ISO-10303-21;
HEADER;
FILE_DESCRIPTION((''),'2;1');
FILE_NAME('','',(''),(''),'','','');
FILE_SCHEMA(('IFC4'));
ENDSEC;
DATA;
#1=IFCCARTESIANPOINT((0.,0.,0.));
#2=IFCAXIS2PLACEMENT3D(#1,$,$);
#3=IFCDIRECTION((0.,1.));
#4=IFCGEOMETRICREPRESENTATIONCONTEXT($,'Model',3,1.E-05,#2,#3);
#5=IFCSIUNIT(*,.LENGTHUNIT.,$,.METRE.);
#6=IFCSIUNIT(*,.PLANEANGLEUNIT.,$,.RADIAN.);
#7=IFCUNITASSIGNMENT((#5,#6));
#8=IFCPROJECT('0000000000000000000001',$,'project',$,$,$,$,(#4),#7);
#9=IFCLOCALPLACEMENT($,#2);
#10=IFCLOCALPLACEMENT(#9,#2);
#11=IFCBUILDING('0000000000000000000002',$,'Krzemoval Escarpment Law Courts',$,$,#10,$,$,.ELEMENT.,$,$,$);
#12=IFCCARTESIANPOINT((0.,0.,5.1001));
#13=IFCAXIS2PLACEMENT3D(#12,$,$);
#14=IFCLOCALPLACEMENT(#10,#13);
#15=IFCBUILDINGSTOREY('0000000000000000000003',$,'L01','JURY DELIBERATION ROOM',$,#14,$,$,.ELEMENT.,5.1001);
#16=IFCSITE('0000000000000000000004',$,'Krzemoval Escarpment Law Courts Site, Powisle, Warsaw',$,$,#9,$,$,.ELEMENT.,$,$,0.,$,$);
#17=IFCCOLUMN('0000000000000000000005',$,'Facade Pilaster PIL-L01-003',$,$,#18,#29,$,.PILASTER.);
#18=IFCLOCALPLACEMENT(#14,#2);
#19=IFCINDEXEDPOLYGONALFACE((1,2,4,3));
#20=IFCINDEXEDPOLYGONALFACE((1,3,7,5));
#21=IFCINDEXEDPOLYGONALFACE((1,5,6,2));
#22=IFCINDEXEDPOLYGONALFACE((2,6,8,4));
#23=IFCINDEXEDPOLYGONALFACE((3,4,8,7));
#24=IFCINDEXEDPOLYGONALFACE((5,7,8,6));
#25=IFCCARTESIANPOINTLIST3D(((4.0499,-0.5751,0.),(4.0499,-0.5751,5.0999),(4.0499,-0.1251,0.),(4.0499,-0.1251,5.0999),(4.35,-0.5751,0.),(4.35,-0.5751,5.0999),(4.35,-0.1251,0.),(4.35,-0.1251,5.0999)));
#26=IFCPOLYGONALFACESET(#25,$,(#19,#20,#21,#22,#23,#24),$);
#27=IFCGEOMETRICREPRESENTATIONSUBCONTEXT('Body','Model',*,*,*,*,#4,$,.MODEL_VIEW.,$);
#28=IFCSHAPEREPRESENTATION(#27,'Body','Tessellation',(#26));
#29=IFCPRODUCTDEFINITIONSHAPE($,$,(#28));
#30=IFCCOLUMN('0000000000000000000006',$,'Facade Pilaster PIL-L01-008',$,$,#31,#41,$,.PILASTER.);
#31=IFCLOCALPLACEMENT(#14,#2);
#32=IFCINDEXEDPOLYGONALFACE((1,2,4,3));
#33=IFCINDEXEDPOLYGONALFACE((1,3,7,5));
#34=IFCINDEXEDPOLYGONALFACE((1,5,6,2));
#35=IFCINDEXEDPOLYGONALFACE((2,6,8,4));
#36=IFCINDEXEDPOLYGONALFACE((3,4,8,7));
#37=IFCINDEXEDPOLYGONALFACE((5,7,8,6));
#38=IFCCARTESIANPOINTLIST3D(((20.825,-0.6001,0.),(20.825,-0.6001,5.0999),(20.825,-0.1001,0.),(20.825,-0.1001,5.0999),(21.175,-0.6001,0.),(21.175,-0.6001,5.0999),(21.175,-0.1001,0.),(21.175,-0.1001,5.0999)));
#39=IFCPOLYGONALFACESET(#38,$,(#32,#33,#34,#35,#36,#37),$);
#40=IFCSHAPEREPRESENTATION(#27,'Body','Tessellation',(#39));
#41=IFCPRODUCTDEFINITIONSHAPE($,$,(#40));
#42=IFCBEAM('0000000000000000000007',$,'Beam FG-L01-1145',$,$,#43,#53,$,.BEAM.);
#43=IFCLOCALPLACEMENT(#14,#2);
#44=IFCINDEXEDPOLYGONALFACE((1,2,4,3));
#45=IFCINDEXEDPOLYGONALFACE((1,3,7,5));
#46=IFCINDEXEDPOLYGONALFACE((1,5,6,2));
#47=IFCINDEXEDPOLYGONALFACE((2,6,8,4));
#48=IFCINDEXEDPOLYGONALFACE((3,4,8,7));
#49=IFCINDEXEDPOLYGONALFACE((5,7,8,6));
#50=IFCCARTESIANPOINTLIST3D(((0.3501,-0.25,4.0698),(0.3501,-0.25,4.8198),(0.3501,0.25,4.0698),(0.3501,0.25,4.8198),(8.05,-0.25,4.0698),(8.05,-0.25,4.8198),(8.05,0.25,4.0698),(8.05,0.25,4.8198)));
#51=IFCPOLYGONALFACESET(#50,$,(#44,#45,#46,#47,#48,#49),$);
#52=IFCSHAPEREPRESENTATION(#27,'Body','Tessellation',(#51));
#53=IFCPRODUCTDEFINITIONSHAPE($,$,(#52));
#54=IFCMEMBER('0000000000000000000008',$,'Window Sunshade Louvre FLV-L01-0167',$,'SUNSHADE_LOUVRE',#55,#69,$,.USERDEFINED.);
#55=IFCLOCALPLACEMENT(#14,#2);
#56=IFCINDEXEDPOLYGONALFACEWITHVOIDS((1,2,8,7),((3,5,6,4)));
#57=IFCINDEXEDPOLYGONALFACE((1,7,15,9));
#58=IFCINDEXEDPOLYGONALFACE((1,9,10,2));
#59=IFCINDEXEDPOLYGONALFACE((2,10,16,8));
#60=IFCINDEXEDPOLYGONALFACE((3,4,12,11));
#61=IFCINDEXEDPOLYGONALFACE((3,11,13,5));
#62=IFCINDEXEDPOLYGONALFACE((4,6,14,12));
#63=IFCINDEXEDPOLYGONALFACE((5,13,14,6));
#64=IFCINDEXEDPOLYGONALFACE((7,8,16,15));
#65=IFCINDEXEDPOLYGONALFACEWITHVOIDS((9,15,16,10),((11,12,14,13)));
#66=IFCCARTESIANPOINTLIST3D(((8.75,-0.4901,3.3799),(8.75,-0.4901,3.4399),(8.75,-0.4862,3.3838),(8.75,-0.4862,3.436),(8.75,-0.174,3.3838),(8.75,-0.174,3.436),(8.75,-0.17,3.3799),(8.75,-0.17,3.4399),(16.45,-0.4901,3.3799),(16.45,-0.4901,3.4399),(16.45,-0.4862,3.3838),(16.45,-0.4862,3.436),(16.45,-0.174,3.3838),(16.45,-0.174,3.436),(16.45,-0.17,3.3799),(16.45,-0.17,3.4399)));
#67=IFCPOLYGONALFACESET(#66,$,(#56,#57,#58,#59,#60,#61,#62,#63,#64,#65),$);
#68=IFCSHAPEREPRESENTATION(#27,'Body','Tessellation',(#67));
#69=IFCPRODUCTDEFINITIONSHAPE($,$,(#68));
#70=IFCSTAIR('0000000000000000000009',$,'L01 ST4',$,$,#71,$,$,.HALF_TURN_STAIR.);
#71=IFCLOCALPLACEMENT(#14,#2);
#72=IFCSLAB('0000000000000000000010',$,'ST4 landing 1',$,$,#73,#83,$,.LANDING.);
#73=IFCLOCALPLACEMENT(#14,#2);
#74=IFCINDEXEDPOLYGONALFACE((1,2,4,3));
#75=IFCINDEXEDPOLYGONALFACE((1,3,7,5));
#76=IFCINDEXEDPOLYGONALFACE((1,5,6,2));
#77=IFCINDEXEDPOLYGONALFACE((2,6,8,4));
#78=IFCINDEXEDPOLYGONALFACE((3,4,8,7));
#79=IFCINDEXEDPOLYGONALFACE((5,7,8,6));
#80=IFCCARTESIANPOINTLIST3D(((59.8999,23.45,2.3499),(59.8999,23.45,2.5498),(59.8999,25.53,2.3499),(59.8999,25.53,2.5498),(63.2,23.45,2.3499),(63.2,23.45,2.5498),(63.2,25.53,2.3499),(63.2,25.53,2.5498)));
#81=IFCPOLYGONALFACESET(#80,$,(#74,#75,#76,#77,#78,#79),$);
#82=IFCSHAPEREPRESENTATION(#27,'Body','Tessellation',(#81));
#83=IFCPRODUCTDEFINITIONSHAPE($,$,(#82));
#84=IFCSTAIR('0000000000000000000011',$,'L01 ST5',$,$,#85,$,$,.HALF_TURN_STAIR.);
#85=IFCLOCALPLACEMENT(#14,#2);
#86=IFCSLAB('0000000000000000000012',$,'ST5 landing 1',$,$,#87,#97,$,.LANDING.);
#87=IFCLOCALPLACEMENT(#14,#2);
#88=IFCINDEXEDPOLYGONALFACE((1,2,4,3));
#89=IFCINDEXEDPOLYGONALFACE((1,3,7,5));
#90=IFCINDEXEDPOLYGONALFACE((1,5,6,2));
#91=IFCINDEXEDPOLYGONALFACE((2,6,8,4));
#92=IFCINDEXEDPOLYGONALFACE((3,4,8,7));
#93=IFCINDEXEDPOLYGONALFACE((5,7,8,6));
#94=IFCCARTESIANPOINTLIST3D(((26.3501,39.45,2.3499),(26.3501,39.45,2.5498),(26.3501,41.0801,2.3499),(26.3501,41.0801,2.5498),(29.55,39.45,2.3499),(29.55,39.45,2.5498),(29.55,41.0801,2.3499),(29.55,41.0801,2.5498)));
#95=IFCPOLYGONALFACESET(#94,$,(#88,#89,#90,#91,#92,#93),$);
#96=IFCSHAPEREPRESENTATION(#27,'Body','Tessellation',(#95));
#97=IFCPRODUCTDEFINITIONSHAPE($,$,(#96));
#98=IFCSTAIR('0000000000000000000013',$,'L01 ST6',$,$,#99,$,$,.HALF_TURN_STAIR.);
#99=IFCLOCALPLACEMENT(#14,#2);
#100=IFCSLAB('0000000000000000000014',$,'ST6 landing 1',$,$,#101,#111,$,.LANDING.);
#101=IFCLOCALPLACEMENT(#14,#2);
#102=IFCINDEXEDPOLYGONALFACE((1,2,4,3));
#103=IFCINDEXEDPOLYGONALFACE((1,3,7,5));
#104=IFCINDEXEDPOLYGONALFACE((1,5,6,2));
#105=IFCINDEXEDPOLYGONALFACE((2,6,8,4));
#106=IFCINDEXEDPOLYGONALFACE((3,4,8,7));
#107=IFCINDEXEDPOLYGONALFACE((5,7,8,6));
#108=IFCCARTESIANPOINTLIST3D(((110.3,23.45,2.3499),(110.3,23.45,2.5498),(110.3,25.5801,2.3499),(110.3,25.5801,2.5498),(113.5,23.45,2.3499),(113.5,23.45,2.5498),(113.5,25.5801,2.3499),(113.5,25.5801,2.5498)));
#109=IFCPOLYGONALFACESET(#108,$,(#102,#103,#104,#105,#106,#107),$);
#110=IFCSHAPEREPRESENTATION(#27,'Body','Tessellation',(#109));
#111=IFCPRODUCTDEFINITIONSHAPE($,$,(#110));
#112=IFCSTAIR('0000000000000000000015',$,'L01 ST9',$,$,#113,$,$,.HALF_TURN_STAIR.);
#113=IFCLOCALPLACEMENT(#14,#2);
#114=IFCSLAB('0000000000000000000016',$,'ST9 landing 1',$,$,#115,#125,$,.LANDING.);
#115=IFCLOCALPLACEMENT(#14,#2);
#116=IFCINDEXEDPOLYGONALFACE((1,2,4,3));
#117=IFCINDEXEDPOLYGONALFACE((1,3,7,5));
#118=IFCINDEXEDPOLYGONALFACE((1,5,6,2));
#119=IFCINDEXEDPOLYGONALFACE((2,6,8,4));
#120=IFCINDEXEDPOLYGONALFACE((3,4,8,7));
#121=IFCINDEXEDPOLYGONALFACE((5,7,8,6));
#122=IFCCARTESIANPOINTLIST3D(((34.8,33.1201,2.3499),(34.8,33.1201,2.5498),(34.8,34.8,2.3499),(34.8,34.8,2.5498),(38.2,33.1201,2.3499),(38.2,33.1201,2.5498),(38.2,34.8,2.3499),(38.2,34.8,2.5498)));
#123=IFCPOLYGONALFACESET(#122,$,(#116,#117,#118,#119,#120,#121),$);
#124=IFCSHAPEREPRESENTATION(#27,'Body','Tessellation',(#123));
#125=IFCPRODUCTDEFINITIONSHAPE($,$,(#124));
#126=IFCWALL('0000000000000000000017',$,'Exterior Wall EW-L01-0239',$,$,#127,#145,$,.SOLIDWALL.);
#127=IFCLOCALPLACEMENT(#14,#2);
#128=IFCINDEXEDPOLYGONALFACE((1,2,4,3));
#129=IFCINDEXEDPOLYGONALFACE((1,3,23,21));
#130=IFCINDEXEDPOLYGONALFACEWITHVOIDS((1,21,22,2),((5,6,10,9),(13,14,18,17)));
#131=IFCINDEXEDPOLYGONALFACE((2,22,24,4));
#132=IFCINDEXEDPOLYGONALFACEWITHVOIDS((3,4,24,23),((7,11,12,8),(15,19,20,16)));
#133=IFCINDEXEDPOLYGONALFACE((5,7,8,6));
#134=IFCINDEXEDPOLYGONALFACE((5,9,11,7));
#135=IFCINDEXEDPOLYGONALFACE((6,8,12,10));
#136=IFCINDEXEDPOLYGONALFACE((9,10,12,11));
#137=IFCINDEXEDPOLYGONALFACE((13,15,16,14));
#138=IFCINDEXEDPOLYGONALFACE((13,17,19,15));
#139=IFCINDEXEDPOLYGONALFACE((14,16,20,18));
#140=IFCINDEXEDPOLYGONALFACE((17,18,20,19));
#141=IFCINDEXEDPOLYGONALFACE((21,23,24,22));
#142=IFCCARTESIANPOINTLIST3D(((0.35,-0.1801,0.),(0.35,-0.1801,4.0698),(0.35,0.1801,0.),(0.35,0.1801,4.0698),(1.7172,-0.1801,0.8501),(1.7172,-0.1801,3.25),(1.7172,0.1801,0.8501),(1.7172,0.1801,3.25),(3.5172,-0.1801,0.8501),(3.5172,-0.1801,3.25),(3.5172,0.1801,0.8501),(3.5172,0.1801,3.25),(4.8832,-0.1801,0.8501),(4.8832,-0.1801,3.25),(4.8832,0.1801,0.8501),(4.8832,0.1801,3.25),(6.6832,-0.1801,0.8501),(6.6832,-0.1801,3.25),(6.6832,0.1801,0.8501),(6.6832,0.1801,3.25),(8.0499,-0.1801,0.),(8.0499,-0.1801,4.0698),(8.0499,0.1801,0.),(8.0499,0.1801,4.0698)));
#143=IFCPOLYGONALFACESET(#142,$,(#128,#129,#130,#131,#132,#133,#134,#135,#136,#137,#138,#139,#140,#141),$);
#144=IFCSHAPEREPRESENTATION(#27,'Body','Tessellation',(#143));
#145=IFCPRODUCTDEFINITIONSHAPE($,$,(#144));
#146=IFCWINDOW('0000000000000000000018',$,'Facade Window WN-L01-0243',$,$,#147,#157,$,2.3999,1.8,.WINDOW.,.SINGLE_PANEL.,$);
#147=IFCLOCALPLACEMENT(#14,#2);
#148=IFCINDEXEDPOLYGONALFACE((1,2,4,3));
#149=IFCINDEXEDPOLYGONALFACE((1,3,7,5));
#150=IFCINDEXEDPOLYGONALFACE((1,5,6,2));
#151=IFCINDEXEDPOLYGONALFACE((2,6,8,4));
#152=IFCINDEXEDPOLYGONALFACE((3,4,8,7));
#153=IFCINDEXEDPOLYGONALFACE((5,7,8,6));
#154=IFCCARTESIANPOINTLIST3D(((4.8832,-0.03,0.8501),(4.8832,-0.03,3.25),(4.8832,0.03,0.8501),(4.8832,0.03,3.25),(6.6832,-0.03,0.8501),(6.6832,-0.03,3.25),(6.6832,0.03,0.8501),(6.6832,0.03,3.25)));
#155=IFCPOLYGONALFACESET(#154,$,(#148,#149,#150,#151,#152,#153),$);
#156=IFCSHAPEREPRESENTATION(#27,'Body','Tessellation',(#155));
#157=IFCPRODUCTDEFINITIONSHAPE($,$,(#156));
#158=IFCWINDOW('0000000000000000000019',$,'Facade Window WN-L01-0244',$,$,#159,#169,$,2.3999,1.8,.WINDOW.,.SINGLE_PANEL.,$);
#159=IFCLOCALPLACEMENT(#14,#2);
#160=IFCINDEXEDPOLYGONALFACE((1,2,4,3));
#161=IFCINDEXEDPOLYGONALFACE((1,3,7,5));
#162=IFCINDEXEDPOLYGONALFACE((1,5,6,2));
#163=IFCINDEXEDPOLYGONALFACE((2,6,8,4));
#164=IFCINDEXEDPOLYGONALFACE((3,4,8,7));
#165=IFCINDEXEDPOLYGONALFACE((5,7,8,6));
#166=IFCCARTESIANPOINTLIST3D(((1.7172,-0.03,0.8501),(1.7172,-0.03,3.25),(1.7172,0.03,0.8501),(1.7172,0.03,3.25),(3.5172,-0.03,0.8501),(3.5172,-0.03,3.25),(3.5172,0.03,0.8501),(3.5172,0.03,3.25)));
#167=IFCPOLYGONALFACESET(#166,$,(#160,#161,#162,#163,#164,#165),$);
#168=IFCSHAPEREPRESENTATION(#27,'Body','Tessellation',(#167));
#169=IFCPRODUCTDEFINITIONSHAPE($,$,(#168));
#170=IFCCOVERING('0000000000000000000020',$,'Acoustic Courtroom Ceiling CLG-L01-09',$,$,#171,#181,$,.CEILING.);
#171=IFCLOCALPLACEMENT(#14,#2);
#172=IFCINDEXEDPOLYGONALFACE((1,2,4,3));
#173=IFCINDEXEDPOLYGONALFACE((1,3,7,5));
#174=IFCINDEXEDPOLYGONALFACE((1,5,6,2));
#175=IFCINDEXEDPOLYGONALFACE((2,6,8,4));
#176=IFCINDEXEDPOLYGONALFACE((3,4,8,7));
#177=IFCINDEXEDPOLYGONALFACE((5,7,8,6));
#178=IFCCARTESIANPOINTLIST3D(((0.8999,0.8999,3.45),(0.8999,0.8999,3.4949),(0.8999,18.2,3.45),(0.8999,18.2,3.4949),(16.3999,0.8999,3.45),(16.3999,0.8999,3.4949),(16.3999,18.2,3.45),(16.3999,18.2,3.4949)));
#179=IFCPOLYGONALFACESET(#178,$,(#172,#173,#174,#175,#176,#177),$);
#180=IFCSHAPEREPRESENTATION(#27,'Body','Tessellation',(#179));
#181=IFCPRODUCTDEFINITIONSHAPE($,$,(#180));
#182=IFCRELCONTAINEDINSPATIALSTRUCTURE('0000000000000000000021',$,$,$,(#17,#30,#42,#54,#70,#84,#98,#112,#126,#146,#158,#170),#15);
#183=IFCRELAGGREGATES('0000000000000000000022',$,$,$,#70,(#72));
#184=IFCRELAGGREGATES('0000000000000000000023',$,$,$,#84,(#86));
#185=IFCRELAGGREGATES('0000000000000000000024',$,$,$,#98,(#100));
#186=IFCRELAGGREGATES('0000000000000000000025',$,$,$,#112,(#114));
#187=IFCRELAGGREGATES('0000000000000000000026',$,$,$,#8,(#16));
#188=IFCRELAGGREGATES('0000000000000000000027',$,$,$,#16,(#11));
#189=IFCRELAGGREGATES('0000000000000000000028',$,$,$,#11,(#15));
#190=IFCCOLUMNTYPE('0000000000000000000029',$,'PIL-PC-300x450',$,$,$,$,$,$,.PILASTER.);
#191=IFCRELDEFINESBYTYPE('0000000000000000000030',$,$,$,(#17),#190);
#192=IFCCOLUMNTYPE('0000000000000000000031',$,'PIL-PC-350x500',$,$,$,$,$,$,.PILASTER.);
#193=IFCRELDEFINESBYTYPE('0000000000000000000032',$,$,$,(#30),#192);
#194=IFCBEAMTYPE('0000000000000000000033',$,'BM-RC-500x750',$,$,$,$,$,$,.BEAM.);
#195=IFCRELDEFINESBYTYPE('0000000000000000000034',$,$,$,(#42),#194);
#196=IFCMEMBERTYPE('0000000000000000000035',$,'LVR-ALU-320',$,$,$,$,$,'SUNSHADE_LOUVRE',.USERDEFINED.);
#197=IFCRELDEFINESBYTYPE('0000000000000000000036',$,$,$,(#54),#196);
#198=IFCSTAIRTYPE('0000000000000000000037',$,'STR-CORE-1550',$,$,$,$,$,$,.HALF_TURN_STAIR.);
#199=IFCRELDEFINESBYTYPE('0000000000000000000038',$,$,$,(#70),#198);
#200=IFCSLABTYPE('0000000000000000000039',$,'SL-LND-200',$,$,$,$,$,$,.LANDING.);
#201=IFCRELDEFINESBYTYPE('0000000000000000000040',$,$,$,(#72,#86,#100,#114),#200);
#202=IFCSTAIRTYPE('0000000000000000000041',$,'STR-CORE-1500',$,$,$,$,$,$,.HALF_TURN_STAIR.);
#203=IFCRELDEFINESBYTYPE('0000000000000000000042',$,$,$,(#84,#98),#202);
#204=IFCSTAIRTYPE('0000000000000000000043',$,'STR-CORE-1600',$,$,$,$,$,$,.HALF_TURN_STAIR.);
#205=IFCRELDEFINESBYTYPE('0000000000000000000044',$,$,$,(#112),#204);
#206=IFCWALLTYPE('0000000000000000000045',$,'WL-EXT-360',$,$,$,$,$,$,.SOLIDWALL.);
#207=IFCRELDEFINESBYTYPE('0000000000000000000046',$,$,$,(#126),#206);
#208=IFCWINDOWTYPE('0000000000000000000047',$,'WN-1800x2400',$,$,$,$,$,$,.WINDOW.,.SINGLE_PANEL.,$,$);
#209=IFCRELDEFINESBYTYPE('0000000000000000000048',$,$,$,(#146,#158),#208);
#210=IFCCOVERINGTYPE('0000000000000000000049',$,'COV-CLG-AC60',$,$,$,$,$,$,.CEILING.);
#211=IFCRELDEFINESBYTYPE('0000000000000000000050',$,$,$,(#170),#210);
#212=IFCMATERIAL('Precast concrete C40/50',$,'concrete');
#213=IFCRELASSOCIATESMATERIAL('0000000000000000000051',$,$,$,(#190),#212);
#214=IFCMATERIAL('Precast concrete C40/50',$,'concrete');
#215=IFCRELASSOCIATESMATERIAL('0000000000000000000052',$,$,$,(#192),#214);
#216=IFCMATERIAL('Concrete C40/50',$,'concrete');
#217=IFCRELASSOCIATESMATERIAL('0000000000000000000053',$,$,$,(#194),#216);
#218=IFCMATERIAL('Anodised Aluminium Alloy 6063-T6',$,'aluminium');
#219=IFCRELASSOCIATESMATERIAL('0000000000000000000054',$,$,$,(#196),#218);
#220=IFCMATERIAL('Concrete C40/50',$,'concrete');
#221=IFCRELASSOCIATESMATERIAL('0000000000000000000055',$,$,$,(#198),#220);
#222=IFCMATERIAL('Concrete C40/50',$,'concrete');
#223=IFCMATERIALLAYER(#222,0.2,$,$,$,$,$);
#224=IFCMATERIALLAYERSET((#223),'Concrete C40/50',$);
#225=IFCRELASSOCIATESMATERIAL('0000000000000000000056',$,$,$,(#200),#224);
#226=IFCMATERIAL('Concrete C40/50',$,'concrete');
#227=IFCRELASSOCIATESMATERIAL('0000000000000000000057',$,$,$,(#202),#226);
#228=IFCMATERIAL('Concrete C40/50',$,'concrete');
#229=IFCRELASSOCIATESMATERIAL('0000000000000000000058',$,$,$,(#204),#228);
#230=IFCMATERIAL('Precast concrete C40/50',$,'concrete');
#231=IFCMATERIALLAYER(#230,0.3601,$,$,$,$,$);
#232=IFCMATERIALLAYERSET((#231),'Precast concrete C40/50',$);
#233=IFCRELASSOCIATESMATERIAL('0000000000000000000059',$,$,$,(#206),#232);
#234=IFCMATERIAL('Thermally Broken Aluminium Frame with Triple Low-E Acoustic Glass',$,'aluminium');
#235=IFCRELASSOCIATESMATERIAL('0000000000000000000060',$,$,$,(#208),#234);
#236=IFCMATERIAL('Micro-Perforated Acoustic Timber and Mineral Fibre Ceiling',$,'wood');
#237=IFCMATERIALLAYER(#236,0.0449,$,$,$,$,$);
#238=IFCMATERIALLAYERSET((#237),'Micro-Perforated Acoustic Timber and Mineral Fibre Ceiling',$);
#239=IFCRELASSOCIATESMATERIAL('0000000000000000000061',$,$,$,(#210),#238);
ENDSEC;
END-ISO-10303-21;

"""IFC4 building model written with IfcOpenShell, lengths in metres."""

from ifc_helpers import new_model, si_unit, direction, frame, frame_2d, origin, origin_2d, place, context, subcontext, project, spatial, polyline, rectangle, hollow_rectangle, outline, extrude, material, layer, layer_set, material_profile, profile_set, type_object, element, fill, aggregate, save


model = new_model("IFC4")

# Units and contexts
model_context = context("Model", 3, precision=1e-05, world=origin(), true_north=direction((0.0, 1.0)))
body_context = subcontext(model_context, "Body", "Model", "MODEL_VIEW")
ifc_project = project(units=[si_unit("LENGTHUNIT", "METRE"), si_unit("PLANEANGLEUNIT", "RADIAN")], contexts=[model_context])

# Site, building, storey
site_placement = place(None, origin())
site = spatial("IfcSite", under=ifc_project, at=site_placement, Name="Krzemoval Escarpment Law Courts Site, Powisle, Warsaw", CompositionType="ELEMENT", RefElevation=0.0)
building_placement = place(site_placement, origin())
building = spatial("IfcBuilding", under=site, at=building_placement, Name="Krzemoval Escarpment Law Courts", CompositionType="ELEMENT")
storey_placement = place(building_placement, frame((0.0, 0.0, 5.1001)))
storey = spatial("IfcBuildingStorey", under=building, at=storey_placement, Name="L01", Description="JURY DELIBERATION ROOM", CompositionType="ELEMENT", Elevation=5.1001)

# Columns
ifc_material_1 = material(Name="Precast concrete C40/50", Category="concrete")
ifc_material_profile_1 = material_profile(ifc_material_1, rectangle(XDim=0.3, YDim=0.45, at=origin_2d()), Name="PIL 300x450")
ifc_profile_set_1 = profile_set([ifc_material_profile_1], Name="Precast concrete C40/50")
column_type_1 = type_object("IfcColumnType", Name="PIL-PC-300x450", PredefinedType="PILASTER", material=ifc_profile_set_1)
column_1_placement = place(storey_placement, frame((4.2, -0.3501, 0.0), z_axis=(0.0, 0.0, 1.0), x_axis=(1.0, 0.0, 0.0)))
element("IfcColumn", 1, at=column_1_placement, inside=storey, type_object=column_type_1, Name="Facade Pilaster PIL-L01-003", PredefinedType="PILASTER", context=body_context, shape_type="SweptSolid", body=[
    extrude(rectangle(XDim=0.3, YDim=0.45, at=origin_2d()), origin(), (0.0, 0.0, 1.0), 5.0999),
])
ifc_material_2 = material(Name="Precast concrete C40/50", Category="concrete")
ifc_material_profile_2 = material_profile(ifc_material_2, rectangle(XDim=0.3501, YDim=0.5, at=origin_2d()), Name="PIL 350x500")
ifc_profile_set_2 = profile_set([ifc_material_profile_2], Name="Precast concrete C40/50")
column_type_2 = type_object("IfcColumnType", Name="PIL-PC-350x500", PredefinedType="PILASTER", material=ifc_profile_set_2)
column_2_placement = place(storey_placement, frame((21.0, -0.3501, 0.0), z_axis=(0.0, 0.0, 1.0), x_axis=(1.0, 0.0, 0.0)))
element("IfcColumn", 2, at=column_2_placement, inside=storey, type_object=column_type_2, Name="Facade Pilaster PIL-L01-008", PredefinedType="PILASTER", context=body_context, shape_type="SweptSolid", body=[
    extrude(rectangle(XDim=0.3501, YDim=0.5, at=origin_2d()), origin(), (0.0, 0.0, 1.0), 5.0999),
])

# Beam
ifc_material_3 = material(Name="Concrete C40/50", Category="concrete")
ifc_material_profile_3 = material_profile(ifc_material_3, rectangle(XDim=0.5, YDim=0.75, at=origin_2d()), Name="RCB 500x750")
ifc_profile_set_3 = profile_set([ifc_material_profile_3], Name="Concrete C40/50")
beam_type = type_object("IfcBeamType", Name="BM-RC-500x750", PredefinedType="BEAM", material=ifc_profile_set_3)
beam_placement = place(storey_placement, frame((0.3501, 0.0, 4.4448), z_axis=(1.0, 0.0, 0.0), x_axis=(0.0, 1.0, 0.0)))
element("IfcBeam", 3, at=beam_placement, inside=storey, type_object=beam_type, Name="Beam FG-L01-1145", PredefinedType="BEAM", context=body_context, shape_type="SweptSolid", body=[
    extrude(rectangle(XDim=0.5, YDim=0.75, at=origin_2d()), origin(), (0.0, 0.0, 1.0), 7.7),
])

# Member
ifc_material_4 = material(Name="Anodised Aluminium Alloy 6063-T6", Category="aluminium")
ifc_material_profile_4 = material_profile(ifc_material_4, hollow_rectangle(XDim=0.0601, YDim=0.3201, WallThickness=0.0039, at=origin_2d()), Name="ALU LVR 60x320")
ifc_profile_set_4 = profile_set([ifc_material_profile_4], Name="Anodised Aluminium Alloy 6063-T6")
member_type = type_object("IfcMemberType", Name="LVR-ALU-320", ElementType="SUNSHADE_LOUVRE", PredefinedType="USERDEFINED", material=ifc_profile_set_4)
member_placement = place(storey_placement, frame((16.45, -0.3301, 3.4099), z_axis=(-1.0, 0.0, 0.0), x_axis=(0.0, 0.0, 1.0)))
element("IfcMember", 4, at=member_placement, inside=storey, type_object=member_type, Name="Window Sunshade Louvre FLV-L01-0167", ObjectType="SUNSHADE_LOUVRE", PredefinedType="USERDEFINED", context=body_context, shape_type="SweptSolid", body=[
    extrude(hollow_rectangle(XDim=0.0601, YDim=0.3201, WallThickness=0.0039, at=origin_2d()), origin(), (0.0, 0.0, 1.0), 7.7),
])

# Stairs, slabs
ifc_material_5 = material(Name="Concrete C40/50", Category="concrete")
stair_type_1 = type_object("IfcStairType", Name="STR-CORE-1550", PredefinedType="HALF_TURN_STAIR", material=ifc_material_5)
stair_1_placement = place(storey_placement, origin())
stair_1 = element("IfcStair", 5, at=stair_1_placement, inside=storey, type_object=stair_type_1, Name="L01 ST4", PredefinedType="HALF_TURN_STAIR")
ifc_material_6 = material(Name="Concrete C40/50", Category="concrete")
ifc_layer_1 = layer(ifc_material_6, 0.2)
ifc_layer_set_1 = layer_set([ifc_layer_1], Name="Concrete C40/50")
slab_type = type_object("IfcSlabType", Name="SL-LND-200", PredefinedType="LANDING", material=ifc_layer_set_1)
slab_1_placement = place(storey_placement, frame((0.0, 0.0, 2.3499)))
slab_1 = element("IfcSlab", 6, at=slab_1_placement, type_object=slab_type, Name="ST4 landing 1", PredefinedType="LANDING", context=body_context, shape_type="SweptSolid", body=[
    extrude(outline(polyline([(59.8999, 25.53), (59.8999, 23.45), (63.2, 23.45), (63.2, 25.53), (59.8999, 25.53)])), origin(), (0.0, 0.0, 1.0), 0.2),
])
aggregate(stair_1, [slab_1])
ifc_material_7 = material(Name="Concrete C40/50", Category="concrete")
stair_type_2 = type_object("IfcStairType", Name="STR-CORE-1500", PredefinedType="HALF_TURN_STAIR", material=ifc_material_7)
stair_2_placement = place(storey_placement, origin())
stair_2 = element("IfcStair", 7, at=stair_2_placement, inside=storey, type_object=stair_type_2, Name="L01 ST5", PredefinedType="HALF_TURN_STAIR")
slab_2_placement = place(storey_placement, frame((0.0, 0.0, 2.3499)))
slab_2 = element("IfcSlab", 8, at=slab_2_placement, type_object=slab_type, Name="ST5 landing 1", PredefinedType="LANDING", context=body_context, shape_type="SweptSolid", body=[
    extrude(outline(polyline([(26.3501, 41.0801), (26.3501, 39.45), (29.55, 39.45), (29.55, 41.0801), (26.3501, 41.0801)])), origin(), (0.0, 0.0, 1.0), 0.2),
])
aggregate(stair_2, [slab_2])
stair_3_placement = place(storey_placement, origin())
stair_3 = element("IfcStair", 9, at=stair_3_placement, inside=storey, type_object=stair_type_2, Name="L01 ST6", PredefinedType="HALF_TURN_STAIR")
slab_3_placement = place(storey_placement, frame((0.0, 0.0, 2.3499)))
slab_3 = element("IfcSlab", 10, at=slab_3_placement, type_object=slab_type, Name="ST6 landing 1", PredefinedType="LANDING", context=body_context, shape_type="SweptSolid", body=[
    extrude(outline(polyline([(110.3, 25.5801), (110.3, 23.45), (113.5, 23.45), (113.5, 25.5801), (110.3, 25.5801)])), origin(), (0.0, 0.0, 1.0), 0.2),
])
aggregate(stair_3, [slab_3])
ifc_material_8 = material(Name="Concrete C40/50", Category="concrete")
stair_type_3 = type_object("IfcStairType", Name="STR-CORE-1600", PredefinedType="HALF_TURN_STAIR", material=ifc_material_8)
stair_4_placement = place(storey_placement, origin())
stair_4 = element("IfcStair", 11, at=stair_4_placement, inside=storey, type_object=stair_type_3, Name="L01 ST9", PredefinedType="HALF_TURN_STAIR")
slab_4_placement = place(storey_placement, frame((0.0, 0.0, 2.3499)))
slab_4 = element("IfcSlab", 12, at=slab_4_placement, type_object=slab_type, Name="ST9 landing 1", PredefinedType="LANDING", context=body_context, shape_type="SweptSolid", body=[
    extrude(outline(polyline([(38.2, 33.1201), (38.2, 34.8), (34.8, 34.8), (34.8, 33.1201), (38.2, 33.1201)])), origin(), (0.0, 0.0, 1.0), 0.2),
])
aggregate(stair_4, [slab_4])

# Wall, openings, windows
ifc_material_9 = material(Name="Precast concrete C40/50", Category="concrete")
ifc_layer_2 = layer(ifc_material_9, 0.3601)
ifc_layer_set_2 = layer_set([ifc_layer_2], Name="Precast concrete C40/50")
wall_type = type_object("IfcWallType", Name="WL-EXT-360", PredefinedType="SOLIDWALL", material=ifc_layer_set_2)
wall_placement = place(storey_placement, frame((8.05, 0.0, 0.0), z_axis=(0.0, 0.0, 1.0), x_axis=(-1.0, 0.0, 0.0)))
wall = element("IfcWall", 13, at=wall_placement, inside=storey, type_object=wall_type, Name="Exterior Wall EW-L01-0239", PredefinedType="SOLIDWALL", context=body_context, shape_type="SweptSolid", body=[
    extrude(rectangle(XDim=7.7, YDim=0.3601, at=frame_2d((3.8501, 0.0))), origin(), (0.0, 0.0, 1.0), 4.0698),
])
opening_1_placement = place(wall_placement, frame((1.3669, 0.0, 0.8501)))
opening_1 = element("IfcOpeningElement", 14, at=opening_1_placement, cuts=wall, PredefinedType="OPENING", context=body_context, shape_type="SweptSolid", body=[
    extrude(rectangle(XDim=1.8, YDim=2.3999, at=frame_2d((0.8999, 1.2))), frame((0.0, 0.1951, 0.0), z_axis=(0.0, -1.0, 0.0), x_axis=(1.0, 0.0, 0.0)), (0.0, 0.0, 1.0), 0.3901),
])
opening_2_placement = place(wall_placement, frame((4.533, 0.0, 0.8501)))
opening_2 = element("IfcOpeningElement", 15, at=opening_2_placement, cuts=wall, PredefinedType="OPENING", context=body_context, shape_type="SweptSolid", body=[
    extrude(rectangle(XDim=1.8, YDim=2.3999, at=frame_2d((0.8999, 1.2))), frame((0.0, 0.1951, 0.0), z_axis=(0.0, -1.0, 0.0), x_axis=(1.0, 0.0, 0.0)), (0.0, 0.0, 1.0), 0.3901),
])
ifc_material_10 = material(Name="Thermally Broken Aluminium Frame with Triple Low-E Acoustic Glass", Category="aluminium")
window_type = type_object("IfcWindowType", Name="WN-1800x2400", PartitioningType="SINGLE_PANEL", PredefinedType="WINDOW", material=ifc_material_10)
window_1_placement = place(opening_1_placement, origin())
window_1 = element("IfcWindow", 16, at=window_1_placement, inside=storey, type_object=window_type, Name="Facade Window WN-L01-0243", OverallHeight=2.3999, OverallWidth=1.8, PartitioningType="SINGLE_PANEL", PredefinedType="WINDOW", context=body_context, shape_type="SweptSolid", body=[
    extrude(rectangle(XDim=1.8, YDim=2.3999, at=frame_2d((0.8999, 1.2))), frame((0.0, 0.03, 0.0), z_axis=(0.0, -1.0, 0.0), x_axis=(1.0, 0.0, 0.0)), (0.0, 0.0, 1.0), 0.0601),
])
fill(opening_1, window_1)
window_2_placement = place(opening_2_placement, origin())
window_2 = element("IfcWindow", 17, at=window_2_placement, inside=storey, type_object=window_type, Name="Facade Window WN-L01-0244", OverallHeight=2.3999, OverallWidth=1.8, PartitioningType="SINGLE_PANEL", PredefinedType="WINDOW", context=body_context, shape_type="SweptSolid", body=[
    extrude(rectangle(XDim=1.8, YDim=2.3999, at=frame_2d((0.8999, 1.2))), frame((0.0, 0.03, 0.0), z_axis=(0.0, -1.0, 0.0), x_axis=(1.0, 0.0, 0.0)), (0.0, 0.0, 1.0), 0.0601),
])
fill(opening_2, window_2)

# Covering
ifc_material_11 = material(Name="Micro-Perforated Acoustic Timber and Mineral Fibre Ceiling", Category="wood")
ifc_layer_3 = layer(ifc_material_11, 0.0449)
ifc_layer_set_3 = layer_set([ifc_layer_3], Name="Micro-Perforated Acoustic Timber and Mineral Fibre Ceiling")
covering_type_1 = type_object("IfcCoveringType", Name="COV-CLG-AC60", PredefinedType="CEILING", material=ifc_layer_set_3)
covering_1_placement = place(storey_placement, frame((0.0, 0.0, 3.45)))
element("IfcCovering", 18, at=covering_1_placement, inside=storey, type_object=covering_type_1, Name="Acoustic Courtroom Ceiling CLG-L01-09", PredefinedType="CEILING", context=body_context, shape_type="SweptSolid", body=[
    extrude(outline(polyline([(0.8999, 0.8999), (0.8999, 18.2), (16.3999, 18.2), (16.3999, 0.8999), (0.8999, 0.8999)])), origin(), (0.0, 0.0, 1.0), 0.0449),
])

save(model, "model.ifc")
